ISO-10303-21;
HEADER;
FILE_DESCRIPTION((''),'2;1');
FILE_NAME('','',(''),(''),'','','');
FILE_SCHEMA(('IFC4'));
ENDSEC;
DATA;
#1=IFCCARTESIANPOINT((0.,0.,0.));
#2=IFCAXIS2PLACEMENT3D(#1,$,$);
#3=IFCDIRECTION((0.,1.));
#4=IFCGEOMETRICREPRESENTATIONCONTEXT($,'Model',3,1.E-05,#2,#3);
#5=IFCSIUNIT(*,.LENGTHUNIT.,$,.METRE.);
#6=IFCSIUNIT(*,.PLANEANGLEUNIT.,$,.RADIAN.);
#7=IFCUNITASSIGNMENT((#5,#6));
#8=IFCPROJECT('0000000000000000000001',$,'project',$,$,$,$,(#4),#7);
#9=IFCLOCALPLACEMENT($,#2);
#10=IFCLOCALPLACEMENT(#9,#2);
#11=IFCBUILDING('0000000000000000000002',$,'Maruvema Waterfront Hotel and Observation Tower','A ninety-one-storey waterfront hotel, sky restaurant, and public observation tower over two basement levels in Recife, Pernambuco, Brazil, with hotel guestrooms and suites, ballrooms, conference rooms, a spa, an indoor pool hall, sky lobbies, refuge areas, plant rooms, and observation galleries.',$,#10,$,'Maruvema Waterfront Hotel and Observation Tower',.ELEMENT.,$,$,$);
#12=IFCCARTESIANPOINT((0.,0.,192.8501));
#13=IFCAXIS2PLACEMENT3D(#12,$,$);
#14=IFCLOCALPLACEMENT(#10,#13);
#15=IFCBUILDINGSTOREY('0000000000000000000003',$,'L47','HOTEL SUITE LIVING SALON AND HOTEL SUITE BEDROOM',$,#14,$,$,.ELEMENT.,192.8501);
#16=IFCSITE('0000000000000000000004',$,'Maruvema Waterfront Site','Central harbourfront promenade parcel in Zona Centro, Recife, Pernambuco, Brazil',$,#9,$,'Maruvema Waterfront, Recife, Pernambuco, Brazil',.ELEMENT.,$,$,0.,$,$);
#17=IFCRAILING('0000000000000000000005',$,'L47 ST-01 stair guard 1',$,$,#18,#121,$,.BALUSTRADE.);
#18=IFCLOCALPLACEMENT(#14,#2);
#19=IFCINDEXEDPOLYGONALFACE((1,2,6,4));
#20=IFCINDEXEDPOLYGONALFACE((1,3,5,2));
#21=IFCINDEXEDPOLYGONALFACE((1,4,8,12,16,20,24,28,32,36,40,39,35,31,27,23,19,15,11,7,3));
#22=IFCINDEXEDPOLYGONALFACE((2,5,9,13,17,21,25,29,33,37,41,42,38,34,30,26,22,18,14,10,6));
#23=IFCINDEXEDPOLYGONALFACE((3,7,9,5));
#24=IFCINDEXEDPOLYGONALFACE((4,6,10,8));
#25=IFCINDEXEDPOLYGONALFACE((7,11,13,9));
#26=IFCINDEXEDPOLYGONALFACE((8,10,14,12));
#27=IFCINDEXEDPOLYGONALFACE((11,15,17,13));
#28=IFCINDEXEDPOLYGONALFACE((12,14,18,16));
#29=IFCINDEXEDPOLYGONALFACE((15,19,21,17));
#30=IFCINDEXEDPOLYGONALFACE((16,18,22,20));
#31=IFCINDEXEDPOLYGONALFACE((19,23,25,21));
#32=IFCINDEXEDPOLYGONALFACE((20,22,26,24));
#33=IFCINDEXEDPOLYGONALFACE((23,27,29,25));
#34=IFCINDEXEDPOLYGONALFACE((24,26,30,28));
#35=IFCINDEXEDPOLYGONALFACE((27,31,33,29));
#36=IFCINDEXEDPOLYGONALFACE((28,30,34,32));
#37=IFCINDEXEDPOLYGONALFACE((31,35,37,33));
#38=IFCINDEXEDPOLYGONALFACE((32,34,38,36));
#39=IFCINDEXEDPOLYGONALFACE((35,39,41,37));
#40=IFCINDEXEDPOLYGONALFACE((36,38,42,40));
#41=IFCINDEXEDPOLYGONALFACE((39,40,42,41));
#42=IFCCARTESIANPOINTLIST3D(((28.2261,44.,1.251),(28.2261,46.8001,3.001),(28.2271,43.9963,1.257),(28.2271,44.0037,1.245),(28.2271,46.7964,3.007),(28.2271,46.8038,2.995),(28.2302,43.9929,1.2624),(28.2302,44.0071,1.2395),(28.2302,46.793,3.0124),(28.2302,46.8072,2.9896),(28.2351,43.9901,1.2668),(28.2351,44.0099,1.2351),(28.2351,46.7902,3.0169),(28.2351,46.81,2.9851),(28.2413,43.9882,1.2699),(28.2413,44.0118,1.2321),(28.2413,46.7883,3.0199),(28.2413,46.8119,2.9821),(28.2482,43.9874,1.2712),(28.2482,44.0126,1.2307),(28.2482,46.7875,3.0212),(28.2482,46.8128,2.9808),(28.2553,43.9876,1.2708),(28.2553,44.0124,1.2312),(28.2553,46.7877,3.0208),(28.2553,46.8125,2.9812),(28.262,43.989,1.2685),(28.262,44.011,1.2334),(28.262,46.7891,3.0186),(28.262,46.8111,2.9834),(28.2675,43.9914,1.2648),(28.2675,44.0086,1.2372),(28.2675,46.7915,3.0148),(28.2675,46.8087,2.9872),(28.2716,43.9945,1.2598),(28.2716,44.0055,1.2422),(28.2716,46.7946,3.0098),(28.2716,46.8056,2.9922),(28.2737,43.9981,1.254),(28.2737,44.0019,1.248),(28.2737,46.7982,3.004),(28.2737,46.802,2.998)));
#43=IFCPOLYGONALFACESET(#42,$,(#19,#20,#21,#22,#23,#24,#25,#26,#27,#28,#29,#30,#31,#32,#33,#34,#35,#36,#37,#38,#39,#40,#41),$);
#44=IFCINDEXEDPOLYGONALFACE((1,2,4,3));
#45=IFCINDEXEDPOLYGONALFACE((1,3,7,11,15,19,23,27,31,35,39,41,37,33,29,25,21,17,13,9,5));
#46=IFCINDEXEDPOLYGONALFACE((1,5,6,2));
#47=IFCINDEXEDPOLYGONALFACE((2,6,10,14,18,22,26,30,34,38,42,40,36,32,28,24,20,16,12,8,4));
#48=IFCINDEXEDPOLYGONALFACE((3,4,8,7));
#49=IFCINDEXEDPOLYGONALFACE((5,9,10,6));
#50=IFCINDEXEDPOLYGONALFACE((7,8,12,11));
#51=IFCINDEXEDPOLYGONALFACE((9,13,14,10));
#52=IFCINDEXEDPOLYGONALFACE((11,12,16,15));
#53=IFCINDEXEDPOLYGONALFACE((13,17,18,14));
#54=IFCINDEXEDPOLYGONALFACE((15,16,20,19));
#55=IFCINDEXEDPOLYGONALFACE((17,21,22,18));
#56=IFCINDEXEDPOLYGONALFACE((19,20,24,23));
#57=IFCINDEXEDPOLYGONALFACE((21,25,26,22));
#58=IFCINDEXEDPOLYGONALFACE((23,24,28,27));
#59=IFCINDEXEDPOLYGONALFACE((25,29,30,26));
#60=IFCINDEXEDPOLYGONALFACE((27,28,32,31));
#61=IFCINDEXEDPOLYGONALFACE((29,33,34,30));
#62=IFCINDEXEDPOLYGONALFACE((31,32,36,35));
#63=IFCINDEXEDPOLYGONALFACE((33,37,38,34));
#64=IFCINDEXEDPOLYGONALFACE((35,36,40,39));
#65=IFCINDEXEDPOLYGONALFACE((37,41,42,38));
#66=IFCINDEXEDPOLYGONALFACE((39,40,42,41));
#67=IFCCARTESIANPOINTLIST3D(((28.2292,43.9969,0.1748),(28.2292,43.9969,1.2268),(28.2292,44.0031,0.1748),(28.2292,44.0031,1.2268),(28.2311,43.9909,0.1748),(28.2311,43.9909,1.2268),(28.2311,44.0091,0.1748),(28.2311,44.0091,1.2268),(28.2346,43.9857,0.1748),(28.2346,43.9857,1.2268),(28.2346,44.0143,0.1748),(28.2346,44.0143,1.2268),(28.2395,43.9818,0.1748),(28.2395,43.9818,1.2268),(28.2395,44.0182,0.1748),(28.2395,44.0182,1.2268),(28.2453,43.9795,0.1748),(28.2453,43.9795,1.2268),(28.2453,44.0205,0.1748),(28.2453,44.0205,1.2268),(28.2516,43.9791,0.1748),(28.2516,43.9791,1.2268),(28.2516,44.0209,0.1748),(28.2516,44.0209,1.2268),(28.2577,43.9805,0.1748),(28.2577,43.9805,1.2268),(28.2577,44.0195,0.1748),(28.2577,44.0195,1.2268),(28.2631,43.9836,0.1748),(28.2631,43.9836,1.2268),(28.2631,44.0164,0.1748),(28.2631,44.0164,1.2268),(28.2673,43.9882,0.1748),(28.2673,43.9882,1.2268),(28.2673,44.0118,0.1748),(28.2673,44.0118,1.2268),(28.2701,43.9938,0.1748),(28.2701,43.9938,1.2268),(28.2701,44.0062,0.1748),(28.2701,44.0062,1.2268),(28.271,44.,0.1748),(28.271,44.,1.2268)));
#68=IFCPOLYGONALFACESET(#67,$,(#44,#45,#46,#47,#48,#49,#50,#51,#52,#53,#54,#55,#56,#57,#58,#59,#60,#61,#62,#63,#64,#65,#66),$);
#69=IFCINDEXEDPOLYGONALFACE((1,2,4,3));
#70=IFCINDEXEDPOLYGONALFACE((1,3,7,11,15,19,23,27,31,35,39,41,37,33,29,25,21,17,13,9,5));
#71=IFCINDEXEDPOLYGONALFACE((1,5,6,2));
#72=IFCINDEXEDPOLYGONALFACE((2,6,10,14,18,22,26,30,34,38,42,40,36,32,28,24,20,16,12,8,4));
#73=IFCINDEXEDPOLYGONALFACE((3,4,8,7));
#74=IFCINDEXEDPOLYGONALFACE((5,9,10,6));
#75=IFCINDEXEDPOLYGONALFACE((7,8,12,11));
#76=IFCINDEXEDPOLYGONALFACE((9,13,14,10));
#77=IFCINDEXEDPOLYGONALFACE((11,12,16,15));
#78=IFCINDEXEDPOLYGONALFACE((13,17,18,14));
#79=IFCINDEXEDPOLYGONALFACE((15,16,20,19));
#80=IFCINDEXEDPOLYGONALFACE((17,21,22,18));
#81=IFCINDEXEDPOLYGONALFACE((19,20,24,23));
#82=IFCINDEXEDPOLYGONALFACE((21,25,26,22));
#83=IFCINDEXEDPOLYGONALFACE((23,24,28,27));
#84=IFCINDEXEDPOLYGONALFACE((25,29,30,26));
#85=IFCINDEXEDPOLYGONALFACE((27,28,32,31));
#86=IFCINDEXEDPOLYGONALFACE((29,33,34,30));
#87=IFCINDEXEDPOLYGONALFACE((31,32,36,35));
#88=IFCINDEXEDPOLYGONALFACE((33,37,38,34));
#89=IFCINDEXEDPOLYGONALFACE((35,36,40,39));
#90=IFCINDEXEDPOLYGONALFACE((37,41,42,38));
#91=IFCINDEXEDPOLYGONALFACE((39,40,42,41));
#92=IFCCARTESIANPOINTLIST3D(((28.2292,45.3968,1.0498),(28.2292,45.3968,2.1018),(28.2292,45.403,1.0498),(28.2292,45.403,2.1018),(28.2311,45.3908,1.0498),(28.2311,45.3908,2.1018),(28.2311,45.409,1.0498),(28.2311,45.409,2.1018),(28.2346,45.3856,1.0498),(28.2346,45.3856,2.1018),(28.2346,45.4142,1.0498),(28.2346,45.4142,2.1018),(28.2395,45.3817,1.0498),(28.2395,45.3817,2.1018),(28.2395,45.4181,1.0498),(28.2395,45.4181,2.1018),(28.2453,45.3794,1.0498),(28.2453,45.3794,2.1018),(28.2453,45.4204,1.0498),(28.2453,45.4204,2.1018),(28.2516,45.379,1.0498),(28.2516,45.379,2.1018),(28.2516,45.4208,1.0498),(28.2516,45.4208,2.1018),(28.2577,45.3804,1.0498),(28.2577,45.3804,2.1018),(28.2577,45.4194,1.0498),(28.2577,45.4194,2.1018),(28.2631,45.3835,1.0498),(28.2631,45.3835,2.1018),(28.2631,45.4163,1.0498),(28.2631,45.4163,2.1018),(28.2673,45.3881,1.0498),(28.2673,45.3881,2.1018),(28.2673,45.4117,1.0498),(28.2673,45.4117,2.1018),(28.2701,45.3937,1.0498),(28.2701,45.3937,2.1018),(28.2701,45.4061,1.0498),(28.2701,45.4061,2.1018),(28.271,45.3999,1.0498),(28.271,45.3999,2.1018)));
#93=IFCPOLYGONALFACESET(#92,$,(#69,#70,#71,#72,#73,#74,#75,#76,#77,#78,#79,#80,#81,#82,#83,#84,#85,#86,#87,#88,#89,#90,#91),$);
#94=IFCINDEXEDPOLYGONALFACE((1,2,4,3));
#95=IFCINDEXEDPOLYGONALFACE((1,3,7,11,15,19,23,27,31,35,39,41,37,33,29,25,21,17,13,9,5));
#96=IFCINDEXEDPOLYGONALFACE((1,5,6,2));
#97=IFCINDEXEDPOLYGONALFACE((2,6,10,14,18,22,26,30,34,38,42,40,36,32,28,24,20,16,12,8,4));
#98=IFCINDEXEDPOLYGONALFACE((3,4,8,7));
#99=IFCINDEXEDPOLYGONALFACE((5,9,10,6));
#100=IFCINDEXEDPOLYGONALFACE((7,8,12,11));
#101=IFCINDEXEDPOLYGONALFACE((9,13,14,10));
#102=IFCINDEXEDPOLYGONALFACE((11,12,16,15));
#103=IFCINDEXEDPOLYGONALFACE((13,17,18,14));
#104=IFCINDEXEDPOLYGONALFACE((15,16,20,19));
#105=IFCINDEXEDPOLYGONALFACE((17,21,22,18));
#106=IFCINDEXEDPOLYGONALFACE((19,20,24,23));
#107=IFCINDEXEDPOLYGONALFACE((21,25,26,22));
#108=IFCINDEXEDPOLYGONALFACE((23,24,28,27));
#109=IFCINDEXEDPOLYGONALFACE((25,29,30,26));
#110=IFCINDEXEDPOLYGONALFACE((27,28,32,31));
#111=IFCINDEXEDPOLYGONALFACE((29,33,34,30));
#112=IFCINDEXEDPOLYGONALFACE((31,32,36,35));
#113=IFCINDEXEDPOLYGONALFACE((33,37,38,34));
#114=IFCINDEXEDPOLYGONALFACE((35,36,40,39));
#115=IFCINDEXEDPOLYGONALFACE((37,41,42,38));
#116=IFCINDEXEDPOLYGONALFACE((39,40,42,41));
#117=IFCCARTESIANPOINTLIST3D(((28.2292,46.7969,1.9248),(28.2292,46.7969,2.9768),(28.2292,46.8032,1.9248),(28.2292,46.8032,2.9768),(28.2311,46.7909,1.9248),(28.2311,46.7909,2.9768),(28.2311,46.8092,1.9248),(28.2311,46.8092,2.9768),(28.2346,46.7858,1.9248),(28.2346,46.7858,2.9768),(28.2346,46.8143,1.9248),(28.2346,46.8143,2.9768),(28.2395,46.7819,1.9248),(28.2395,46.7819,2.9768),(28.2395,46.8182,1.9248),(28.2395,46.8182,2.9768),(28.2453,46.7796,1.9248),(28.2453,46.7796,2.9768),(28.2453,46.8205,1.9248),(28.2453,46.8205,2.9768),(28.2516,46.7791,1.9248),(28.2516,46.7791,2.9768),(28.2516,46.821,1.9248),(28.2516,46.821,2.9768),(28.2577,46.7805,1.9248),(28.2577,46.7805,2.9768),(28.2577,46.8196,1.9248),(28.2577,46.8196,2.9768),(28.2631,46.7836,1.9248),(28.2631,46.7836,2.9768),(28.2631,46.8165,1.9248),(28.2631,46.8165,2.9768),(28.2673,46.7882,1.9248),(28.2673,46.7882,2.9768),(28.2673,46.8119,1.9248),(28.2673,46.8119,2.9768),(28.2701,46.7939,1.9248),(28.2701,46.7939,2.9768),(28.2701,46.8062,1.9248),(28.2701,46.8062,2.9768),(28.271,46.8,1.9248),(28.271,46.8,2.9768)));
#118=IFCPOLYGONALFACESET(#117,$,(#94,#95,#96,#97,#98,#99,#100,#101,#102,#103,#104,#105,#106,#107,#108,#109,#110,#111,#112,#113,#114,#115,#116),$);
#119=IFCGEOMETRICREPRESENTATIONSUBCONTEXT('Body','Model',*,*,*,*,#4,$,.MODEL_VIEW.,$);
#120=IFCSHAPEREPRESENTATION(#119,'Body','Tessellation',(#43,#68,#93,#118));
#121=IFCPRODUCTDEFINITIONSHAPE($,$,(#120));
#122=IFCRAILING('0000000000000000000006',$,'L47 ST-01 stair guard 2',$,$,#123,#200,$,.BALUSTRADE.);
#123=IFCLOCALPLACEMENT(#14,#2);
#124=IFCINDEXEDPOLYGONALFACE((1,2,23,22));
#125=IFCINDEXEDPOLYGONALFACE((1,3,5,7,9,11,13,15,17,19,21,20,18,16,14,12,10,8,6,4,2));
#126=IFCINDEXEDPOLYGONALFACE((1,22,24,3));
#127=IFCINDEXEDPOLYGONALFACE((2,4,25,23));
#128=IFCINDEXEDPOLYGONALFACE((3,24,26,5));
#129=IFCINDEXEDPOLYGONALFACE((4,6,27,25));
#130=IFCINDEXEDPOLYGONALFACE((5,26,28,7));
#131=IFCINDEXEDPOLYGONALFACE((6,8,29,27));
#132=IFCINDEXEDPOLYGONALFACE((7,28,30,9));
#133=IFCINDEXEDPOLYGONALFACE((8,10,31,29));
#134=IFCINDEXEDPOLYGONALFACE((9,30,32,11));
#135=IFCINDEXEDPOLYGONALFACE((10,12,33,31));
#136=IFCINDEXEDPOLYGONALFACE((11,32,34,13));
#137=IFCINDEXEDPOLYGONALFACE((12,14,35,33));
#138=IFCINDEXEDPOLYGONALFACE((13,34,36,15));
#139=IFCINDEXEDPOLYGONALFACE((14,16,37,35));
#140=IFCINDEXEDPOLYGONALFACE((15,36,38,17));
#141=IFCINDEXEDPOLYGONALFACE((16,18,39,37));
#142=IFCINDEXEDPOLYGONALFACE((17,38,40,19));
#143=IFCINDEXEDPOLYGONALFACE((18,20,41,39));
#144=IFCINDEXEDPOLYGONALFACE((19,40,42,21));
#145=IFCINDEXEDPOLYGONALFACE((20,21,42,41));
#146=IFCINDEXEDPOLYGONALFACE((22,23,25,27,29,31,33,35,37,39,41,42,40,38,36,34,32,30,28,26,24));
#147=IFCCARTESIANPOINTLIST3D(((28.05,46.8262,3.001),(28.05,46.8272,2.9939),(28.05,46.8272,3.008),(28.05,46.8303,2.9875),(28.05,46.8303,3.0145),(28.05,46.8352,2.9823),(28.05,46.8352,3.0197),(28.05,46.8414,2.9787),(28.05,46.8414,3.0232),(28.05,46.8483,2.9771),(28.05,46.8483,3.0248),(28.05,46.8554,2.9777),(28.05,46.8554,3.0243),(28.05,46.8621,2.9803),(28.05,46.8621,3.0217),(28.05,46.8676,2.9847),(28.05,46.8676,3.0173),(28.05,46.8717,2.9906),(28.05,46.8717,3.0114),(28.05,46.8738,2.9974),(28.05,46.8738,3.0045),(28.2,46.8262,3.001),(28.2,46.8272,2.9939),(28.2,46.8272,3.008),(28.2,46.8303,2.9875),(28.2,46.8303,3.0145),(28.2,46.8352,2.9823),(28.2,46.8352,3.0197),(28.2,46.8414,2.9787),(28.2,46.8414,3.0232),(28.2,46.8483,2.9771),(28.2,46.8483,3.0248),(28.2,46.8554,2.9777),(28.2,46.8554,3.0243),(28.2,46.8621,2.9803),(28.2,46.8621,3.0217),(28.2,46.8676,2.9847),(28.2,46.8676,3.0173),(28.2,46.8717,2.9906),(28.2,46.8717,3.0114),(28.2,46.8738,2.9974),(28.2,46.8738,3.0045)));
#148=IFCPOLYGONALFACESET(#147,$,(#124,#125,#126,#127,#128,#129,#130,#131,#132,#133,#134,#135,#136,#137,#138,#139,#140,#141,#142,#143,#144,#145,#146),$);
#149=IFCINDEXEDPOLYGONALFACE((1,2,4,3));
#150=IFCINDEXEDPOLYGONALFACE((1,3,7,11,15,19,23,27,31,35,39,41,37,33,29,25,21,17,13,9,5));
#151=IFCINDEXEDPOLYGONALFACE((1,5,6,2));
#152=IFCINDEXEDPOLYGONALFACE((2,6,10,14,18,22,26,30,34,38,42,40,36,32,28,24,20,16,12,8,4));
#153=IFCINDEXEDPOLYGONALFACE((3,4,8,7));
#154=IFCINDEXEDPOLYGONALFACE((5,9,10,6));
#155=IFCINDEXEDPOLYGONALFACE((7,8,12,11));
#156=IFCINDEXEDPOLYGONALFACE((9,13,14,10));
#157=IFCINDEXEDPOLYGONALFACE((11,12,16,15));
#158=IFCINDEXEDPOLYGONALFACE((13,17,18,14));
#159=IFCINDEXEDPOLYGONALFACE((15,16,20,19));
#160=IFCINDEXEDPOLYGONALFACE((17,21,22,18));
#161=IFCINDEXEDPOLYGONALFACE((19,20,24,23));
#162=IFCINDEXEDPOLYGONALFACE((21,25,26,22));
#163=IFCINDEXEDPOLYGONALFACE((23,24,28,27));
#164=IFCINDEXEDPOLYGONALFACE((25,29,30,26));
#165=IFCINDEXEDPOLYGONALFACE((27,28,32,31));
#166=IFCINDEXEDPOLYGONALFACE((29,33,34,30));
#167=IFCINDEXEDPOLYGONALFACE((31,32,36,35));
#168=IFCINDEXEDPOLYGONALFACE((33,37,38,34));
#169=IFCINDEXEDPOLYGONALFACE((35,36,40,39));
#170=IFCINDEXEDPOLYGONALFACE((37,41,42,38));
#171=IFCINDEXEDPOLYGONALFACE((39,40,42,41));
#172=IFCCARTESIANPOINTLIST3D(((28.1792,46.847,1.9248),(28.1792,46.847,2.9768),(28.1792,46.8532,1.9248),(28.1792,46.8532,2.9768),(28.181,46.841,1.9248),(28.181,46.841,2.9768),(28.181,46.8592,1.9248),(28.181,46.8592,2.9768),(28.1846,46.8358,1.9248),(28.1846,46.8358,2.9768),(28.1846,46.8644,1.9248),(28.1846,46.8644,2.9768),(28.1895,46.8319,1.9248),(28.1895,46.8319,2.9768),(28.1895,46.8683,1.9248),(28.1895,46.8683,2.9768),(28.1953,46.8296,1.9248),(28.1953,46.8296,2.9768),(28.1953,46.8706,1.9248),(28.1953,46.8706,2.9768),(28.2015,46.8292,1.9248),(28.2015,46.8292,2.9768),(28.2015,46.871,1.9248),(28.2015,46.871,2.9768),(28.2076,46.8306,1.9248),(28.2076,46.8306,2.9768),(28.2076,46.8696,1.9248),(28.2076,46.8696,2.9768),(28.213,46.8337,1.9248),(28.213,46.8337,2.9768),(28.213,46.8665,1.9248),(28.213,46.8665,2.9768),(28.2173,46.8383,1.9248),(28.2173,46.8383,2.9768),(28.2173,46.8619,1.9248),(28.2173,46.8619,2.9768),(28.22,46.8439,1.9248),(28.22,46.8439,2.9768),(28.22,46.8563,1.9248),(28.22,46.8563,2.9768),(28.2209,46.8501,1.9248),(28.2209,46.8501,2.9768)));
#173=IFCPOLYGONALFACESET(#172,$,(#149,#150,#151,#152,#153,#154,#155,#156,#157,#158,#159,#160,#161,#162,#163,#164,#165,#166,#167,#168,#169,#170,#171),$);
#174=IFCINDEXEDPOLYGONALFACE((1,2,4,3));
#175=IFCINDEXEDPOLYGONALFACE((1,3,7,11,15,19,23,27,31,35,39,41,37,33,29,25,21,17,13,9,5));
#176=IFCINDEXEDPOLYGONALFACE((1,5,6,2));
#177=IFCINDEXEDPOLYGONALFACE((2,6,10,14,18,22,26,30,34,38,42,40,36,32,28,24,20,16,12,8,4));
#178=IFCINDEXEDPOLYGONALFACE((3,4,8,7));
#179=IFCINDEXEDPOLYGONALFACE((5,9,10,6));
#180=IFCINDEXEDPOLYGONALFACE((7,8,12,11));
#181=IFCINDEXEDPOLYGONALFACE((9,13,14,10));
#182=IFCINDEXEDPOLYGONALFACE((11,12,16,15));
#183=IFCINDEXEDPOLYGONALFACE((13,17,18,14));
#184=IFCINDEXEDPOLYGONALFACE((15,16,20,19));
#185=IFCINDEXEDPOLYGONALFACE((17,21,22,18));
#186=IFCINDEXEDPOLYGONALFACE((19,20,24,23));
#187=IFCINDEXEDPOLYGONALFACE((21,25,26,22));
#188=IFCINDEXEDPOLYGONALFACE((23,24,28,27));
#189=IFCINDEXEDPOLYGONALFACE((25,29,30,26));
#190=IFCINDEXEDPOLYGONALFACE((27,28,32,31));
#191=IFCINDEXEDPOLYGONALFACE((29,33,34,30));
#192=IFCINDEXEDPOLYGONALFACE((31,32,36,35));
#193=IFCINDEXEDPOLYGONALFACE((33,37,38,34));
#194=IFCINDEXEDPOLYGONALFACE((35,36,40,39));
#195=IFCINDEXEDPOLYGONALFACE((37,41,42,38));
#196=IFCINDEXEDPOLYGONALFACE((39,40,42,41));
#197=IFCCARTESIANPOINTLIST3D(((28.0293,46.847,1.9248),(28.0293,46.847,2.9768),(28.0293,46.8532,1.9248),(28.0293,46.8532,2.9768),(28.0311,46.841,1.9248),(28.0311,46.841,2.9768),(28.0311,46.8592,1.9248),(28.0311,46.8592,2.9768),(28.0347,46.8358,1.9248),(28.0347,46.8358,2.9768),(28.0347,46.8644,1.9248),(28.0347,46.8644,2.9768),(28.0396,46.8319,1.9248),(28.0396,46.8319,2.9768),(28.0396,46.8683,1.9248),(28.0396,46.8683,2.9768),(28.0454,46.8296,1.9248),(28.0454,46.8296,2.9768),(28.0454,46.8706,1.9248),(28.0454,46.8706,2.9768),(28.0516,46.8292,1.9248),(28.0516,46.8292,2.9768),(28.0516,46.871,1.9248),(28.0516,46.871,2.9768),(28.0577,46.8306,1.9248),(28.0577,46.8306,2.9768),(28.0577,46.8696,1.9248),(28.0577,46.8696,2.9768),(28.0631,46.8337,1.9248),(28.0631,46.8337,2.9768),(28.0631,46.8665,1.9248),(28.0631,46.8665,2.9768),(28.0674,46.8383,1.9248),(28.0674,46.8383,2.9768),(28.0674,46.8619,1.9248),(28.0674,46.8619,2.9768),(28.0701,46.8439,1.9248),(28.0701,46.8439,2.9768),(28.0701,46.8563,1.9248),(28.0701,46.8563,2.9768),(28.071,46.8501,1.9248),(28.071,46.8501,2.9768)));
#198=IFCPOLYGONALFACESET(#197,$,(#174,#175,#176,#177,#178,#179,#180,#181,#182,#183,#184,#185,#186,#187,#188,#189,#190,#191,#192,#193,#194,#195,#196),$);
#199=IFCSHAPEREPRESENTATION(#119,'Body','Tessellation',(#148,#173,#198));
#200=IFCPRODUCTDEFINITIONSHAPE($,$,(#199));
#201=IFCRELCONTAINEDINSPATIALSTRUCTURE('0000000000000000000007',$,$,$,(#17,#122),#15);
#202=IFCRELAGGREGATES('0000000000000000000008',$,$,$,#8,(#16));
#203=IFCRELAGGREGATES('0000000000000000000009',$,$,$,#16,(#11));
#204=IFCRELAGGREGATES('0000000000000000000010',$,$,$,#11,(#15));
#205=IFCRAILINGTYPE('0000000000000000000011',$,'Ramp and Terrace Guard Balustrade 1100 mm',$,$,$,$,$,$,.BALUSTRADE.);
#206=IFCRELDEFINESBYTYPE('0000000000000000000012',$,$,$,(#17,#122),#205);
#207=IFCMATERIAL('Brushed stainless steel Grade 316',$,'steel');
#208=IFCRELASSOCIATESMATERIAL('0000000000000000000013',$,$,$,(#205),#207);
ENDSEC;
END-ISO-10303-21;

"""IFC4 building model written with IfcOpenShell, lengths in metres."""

from ifc_helpers import new_model, si_unit, direction, frame, origin, origin_2d, place, context, subcontext, project, spatial, circle, extrude, material, type_object, element, save


model = new_model("IFC4")

# Units and contexts
model_context = context("Model", 3, precision=1e-05, world=origin(), true_north=direction((0.0, 1.0)))
body_context = subcontext(model_context, "Body", "Model", "MODEL_VIEW")
ifc_project = project(units=[si_unit("LENGTHUNIT", "METRE"), si_unit("PLANEANGLEUNIT", "RADIAN")], contexts=[model_context])

# Site, building, storey
site_placement = place(None, origin())
site = spatial("IfcSite", under=ifc_project, at=site_placement, Name="Maruvema Waterfront Site", Description="Central harbourfront promenade parcel in Zona Centro, Recife, Pernambuco, Brazil", LongName="Maruvema Waterfront, Recife, Pernambuco, Brazil", CompositionType="ELEMENT", RefElevation=0.0)
building_placement = place(site_placement, origin())
building = spatial("IfcBuilding", under=site, at=building_placement, Name="Maruvema Waterfront Hotel and Observation Tower", Description="A ninety-one-storey waterfront hotel, sky restaurant, and public observation tower over two basement levels in Recife, Pernambuco, Brazil, with hotel guestrooms and suites, ballrooms, conference rooms, a spa, an indoor pool hall, sky lobbies, refuge areas, plant rooms, and observation galleries.", LongName="Maruvema Waterfront Hotel and Observation Tower", CompositionType="ELEMENT")
storey_placement = place(building_placement, frame((0.0, 0.0, 192.8501)))
storey = spatial("IfcBuildingStorey", under=building, at=storey_placement, Name="L47", Description="HOTEL SUITE LIVING SALON AND HOTEL SUITE BEDROOM", CompositionType="ELEMENT", Elevation=192.8501)

# Railings
ifc_material_1 = material(Name="Brushed stainless steel Grade 316", Category="steel")
railing_type_1 = type_object("IfcRailingType", Name="Ramp and Terrace Guard Balustrade 1100 mm", PredefinedType="BALUSTRADE", material=ifc_material_1)
railing_1_placement = place(storey_placement, frame((28.25, 44.0, 0.1748)))
element("IfcRailing", 1, at=railing_1_placement, inside=storey, type_object=railing_type_1, Name="L47 ST-01 stair guard 1", PredefinedType="BALUSTRADE", context=body_context, shape_type="SweptSolid", body=[
    extrude(circle(Radius=0.0239, at=origin_2d()), frame((0.0, 0.0, 1.0762), z_axis=(0.0, 0.848002, 0.529992), x_axis=(-1.0, 0.0, 0.0)), (0.0, 0.0, 1.0), 3.302),
    extrude(circle(Radius=0.021, at=origin_2d()), origin(), (0.0, 0.0, 1.0), 1.052),
    extrude(circle(Radius=0.021, at=origin_2d()), frame((0.0, 1.3999, 0.875)), (0.0, 0.0, 1.0), 1.052),
    extrude(circle(Radius=0.021, at=origin_2d()), frame((0.0, 2.8, 1.75)), (0.0, 0.0, 1.0), 1.052),
])
railing_2_placement = place(storey_placement, frame((28.2, 46.8501, 1.9248)))
element("IfcRailing", 2, at=railing_2_placement, inside=storey, type_object=railing_type_1, Name="L47 ST-01 stair guard 2", PredefinedType="BALUSTRADE", context=body_context, shape_type="SweptSolid", body=[
    extrude(circle(Radius=0.0239, at=origin_2d()), frame((0.0, 0.0, 1.0762), z_axis=(-1.0, 0.0, 0.0), x_axis=(0.0, -1.0, 0.0)), (0.0, 0.0, 1.0), 0.1499),
    extrude(circle(Radius=0.021, at=origin_2d()), origin(), (0.0, 0.0, 1.0), 1.052),
    extrude(circle(Radius=0.021, at=origin_2d()), frame((-0.1499, 0.0, 0.0)), (0.0, 0.0, 1.0), 1.052),
])

save(model, "model.ifc")
